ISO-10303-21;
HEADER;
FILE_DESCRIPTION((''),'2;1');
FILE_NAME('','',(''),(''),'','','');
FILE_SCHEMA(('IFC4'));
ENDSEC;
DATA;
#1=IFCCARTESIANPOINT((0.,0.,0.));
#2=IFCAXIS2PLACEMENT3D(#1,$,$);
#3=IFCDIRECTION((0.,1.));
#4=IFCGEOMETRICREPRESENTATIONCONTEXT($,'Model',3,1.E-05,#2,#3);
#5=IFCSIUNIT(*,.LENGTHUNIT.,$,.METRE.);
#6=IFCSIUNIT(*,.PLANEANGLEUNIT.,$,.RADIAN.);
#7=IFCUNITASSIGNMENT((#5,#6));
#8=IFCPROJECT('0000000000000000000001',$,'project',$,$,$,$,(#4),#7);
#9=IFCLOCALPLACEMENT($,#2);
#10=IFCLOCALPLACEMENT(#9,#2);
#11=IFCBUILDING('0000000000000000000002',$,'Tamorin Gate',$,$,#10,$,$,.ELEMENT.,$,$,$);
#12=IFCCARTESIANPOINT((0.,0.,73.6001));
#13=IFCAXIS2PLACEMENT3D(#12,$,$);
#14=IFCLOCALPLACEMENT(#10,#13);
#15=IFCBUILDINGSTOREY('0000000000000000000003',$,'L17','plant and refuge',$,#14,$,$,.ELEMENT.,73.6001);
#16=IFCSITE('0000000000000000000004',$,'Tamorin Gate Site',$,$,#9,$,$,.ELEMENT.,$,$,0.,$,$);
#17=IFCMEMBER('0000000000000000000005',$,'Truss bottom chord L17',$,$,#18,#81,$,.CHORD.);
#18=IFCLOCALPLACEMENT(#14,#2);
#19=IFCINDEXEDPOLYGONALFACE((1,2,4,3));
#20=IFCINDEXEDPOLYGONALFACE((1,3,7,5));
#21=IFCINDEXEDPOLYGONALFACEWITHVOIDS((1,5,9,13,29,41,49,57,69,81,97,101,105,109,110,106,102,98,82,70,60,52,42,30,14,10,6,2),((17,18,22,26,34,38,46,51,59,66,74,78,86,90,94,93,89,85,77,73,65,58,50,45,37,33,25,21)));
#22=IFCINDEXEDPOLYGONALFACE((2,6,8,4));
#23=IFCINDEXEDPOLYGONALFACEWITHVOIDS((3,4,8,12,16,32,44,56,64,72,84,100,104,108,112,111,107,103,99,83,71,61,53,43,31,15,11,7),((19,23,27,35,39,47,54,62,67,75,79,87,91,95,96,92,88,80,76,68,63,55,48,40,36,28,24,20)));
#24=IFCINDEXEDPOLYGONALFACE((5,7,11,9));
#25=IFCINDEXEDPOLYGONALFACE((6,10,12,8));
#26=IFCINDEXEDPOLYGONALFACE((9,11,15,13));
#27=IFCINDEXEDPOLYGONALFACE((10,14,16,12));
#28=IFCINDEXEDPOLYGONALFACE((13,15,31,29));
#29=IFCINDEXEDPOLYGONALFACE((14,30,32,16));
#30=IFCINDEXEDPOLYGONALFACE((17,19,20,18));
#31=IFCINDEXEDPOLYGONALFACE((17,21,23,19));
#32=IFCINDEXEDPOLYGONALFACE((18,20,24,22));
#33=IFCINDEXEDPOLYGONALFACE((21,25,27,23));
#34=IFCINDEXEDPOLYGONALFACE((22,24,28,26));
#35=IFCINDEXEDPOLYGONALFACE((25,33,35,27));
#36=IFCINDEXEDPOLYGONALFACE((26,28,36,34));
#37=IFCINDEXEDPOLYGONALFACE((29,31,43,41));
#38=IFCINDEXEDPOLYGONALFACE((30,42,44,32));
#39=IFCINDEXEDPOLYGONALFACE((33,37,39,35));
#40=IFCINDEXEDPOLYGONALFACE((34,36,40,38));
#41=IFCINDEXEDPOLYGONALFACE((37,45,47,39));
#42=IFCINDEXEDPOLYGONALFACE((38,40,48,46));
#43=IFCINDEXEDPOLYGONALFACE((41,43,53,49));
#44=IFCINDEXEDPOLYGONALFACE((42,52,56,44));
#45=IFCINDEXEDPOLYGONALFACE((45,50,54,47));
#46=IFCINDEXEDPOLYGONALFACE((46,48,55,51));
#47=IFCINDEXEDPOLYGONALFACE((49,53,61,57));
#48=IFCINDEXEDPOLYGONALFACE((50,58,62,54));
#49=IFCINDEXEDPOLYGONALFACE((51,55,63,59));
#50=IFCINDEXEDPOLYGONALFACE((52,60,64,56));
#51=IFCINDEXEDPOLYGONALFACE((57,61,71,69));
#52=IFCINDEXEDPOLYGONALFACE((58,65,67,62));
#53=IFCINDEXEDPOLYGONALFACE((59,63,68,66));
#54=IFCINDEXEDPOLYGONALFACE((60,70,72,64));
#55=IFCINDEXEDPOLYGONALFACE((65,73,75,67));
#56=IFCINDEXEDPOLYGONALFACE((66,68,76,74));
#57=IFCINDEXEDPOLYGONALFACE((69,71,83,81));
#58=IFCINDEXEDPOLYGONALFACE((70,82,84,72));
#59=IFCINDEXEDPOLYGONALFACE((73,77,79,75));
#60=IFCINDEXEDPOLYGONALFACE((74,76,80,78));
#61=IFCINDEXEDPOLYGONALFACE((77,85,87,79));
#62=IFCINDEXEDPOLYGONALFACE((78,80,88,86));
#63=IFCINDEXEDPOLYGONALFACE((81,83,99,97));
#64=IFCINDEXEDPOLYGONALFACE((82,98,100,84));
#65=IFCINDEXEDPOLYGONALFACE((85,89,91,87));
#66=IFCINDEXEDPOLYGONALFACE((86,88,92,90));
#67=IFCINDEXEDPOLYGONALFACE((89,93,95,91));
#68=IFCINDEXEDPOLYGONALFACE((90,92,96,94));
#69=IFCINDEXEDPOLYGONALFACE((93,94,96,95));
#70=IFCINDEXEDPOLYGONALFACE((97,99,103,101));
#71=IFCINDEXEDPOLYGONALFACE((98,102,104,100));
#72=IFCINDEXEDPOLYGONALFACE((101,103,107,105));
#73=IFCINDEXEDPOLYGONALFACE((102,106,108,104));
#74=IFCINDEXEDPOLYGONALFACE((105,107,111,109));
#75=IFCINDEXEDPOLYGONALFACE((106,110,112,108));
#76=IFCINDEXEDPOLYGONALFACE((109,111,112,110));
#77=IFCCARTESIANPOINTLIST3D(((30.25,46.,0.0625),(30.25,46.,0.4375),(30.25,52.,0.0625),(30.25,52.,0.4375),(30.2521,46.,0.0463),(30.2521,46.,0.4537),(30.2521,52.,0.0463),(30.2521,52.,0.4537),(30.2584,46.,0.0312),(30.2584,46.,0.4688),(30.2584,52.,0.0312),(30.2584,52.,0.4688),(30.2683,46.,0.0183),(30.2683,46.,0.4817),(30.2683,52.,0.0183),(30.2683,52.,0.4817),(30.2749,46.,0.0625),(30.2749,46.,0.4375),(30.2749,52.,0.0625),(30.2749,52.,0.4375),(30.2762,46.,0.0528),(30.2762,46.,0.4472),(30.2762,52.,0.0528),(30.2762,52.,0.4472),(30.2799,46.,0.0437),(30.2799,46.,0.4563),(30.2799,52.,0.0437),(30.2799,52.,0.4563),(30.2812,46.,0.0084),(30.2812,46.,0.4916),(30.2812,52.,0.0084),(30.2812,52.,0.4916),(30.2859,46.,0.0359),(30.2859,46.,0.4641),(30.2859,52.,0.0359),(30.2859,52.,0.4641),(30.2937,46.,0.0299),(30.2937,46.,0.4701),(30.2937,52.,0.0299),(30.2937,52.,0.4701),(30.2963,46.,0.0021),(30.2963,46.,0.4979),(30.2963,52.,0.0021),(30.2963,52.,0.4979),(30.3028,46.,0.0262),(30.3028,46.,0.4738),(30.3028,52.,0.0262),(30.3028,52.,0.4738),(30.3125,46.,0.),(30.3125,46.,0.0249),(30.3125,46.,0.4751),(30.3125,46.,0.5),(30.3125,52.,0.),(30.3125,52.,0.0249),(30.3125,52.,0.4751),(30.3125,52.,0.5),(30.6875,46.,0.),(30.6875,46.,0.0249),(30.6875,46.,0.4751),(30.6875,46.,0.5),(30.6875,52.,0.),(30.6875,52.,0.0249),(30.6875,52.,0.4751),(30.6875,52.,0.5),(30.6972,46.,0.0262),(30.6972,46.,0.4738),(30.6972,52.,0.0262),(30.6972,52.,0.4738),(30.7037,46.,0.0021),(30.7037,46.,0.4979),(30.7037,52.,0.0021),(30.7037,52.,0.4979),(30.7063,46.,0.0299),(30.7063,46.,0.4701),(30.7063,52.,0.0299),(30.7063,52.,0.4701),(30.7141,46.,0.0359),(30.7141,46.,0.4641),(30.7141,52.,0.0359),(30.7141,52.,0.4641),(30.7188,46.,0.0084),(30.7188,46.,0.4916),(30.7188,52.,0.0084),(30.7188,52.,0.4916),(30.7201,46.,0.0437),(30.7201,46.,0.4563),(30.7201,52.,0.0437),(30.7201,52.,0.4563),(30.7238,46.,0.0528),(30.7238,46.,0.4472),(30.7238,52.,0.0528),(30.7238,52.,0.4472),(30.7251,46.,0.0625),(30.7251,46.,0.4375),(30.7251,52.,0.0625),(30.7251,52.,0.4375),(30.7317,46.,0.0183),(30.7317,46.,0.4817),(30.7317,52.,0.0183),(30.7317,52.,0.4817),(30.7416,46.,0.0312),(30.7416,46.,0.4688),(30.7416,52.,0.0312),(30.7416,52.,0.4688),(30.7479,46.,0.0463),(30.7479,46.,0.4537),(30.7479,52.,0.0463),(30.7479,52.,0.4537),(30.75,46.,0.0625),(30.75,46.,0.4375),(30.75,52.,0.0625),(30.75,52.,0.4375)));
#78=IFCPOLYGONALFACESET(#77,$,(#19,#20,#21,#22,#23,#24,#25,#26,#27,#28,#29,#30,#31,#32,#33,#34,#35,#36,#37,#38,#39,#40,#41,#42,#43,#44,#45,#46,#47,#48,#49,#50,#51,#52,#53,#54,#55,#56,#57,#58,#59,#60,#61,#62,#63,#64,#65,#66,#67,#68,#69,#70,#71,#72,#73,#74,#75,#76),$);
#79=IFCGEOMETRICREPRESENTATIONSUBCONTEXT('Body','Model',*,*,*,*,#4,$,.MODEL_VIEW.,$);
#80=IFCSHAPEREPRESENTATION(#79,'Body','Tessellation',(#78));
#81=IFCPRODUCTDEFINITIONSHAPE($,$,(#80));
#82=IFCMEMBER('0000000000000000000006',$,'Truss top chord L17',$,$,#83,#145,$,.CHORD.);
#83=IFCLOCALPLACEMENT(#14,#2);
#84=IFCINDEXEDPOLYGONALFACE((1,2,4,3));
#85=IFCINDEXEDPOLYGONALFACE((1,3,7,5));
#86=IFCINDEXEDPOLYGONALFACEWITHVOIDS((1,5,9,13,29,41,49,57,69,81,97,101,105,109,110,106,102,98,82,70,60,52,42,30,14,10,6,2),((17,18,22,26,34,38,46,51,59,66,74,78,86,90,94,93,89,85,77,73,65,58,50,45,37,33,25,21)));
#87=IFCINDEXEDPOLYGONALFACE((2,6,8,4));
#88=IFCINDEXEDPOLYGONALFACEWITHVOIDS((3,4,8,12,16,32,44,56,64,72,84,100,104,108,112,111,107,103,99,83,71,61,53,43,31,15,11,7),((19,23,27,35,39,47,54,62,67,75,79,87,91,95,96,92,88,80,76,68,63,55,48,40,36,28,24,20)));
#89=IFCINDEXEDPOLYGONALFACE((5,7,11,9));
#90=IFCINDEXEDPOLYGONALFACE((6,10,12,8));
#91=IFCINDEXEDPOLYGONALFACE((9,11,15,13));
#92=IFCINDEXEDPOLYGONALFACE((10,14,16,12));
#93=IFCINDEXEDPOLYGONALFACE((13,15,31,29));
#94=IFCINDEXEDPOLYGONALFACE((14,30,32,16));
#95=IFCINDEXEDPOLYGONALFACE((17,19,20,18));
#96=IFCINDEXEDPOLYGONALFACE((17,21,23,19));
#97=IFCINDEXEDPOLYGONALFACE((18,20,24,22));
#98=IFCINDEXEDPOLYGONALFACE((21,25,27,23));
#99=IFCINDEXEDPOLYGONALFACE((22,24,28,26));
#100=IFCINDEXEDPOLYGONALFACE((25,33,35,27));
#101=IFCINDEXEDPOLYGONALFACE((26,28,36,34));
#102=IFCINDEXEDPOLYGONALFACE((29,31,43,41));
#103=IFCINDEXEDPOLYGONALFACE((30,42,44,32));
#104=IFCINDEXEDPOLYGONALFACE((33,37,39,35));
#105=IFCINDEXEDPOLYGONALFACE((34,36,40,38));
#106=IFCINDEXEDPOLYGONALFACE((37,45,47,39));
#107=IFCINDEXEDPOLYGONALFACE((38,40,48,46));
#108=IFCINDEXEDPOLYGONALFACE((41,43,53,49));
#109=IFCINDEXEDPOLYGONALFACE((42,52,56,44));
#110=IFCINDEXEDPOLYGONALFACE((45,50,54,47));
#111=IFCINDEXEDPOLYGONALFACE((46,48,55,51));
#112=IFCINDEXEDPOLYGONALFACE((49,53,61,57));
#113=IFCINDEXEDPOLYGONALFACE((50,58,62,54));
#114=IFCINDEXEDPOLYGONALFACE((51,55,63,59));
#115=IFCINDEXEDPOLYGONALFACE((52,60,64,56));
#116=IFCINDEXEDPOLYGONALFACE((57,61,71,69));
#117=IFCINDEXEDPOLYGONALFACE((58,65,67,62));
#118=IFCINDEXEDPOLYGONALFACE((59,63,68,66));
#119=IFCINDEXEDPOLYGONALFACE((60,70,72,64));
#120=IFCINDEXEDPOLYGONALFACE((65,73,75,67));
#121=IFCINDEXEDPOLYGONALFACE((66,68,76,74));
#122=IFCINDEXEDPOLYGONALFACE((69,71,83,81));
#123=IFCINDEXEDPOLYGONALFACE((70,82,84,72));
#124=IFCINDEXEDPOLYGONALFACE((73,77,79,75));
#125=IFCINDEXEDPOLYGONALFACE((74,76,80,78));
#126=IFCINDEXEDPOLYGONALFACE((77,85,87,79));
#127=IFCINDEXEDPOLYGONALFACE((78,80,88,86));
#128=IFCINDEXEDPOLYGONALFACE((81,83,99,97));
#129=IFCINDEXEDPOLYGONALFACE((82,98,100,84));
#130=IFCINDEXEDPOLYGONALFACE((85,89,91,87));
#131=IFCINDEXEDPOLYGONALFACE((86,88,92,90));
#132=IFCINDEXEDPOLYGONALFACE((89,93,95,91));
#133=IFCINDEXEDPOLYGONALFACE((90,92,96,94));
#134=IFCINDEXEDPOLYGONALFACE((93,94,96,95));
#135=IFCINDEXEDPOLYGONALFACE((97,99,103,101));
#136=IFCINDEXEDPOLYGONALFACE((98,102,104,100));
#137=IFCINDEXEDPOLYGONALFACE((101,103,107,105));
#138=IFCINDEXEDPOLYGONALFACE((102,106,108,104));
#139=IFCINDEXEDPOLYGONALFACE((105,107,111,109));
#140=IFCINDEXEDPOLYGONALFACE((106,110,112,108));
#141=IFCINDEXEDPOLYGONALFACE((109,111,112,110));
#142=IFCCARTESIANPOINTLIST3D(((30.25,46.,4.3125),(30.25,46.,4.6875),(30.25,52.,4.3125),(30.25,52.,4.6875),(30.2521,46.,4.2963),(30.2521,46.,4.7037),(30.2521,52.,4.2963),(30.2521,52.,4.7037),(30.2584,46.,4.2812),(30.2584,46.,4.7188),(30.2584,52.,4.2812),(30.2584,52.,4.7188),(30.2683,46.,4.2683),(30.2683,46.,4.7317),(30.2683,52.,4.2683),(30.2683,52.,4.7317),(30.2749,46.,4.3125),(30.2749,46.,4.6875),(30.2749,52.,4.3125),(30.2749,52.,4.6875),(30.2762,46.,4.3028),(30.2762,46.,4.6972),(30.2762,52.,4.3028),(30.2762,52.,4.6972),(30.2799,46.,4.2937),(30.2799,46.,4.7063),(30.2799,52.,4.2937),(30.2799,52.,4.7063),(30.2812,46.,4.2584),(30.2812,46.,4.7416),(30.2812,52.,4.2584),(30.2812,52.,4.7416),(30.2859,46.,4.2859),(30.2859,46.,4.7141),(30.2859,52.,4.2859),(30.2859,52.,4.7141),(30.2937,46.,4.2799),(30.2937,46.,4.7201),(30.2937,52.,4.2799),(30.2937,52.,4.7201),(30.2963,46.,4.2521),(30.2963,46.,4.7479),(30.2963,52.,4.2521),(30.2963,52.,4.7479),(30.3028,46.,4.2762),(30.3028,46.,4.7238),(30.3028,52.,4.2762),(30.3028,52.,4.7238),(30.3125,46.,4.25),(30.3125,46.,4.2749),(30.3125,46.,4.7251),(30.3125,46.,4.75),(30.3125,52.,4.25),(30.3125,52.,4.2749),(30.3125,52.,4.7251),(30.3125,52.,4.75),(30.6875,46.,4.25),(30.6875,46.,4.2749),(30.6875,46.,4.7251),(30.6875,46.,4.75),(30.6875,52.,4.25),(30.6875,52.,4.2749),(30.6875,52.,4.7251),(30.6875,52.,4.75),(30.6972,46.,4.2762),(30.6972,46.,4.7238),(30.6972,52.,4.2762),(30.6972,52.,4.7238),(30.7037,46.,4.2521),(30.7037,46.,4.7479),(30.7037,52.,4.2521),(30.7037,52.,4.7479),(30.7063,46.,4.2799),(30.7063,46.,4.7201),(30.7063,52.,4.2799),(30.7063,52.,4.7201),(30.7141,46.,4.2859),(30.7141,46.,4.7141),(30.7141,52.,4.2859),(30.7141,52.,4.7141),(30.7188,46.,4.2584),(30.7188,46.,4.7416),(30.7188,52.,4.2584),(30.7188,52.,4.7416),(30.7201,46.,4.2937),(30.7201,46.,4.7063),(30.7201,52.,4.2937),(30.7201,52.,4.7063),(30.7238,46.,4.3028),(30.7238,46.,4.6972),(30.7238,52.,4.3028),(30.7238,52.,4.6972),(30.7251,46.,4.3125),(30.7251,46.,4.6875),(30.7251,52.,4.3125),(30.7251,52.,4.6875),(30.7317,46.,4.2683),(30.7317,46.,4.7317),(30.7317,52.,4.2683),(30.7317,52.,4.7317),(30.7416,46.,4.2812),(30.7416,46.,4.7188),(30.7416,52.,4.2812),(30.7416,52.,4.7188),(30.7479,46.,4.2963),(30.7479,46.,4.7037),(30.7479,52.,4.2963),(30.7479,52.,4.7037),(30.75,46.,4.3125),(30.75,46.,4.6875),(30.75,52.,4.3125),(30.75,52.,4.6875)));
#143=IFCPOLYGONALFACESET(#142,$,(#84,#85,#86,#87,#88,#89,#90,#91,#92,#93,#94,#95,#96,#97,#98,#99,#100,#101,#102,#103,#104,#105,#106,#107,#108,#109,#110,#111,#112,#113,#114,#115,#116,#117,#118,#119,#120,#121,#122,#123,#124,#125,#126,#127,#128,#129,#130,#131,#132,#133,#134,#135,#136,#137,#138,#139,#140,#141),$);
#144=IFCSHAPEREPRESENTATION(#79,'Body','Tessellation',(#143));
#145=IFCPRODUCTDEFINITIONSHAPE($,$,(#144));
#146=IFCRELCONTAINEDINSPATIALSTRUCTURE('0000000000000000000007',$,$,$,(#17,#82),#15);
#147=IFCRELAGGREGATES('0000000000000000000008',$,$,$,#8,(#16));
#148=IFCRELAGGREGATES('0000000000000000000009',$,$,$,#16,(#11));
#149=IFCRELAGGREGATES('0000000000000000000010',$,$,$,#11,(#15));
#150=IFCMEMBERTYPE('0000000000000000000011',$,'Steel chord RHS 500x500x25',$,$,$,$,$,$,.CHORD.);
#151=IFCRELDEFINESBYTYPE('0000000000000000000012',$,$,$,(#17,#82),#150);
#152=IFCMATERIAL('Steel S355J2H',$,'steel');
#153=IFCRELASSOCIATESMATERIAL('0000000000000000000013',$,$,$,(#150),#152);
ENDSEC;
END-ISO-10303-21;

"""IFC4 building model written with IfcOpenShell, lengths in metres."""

from ifc_helpers import new_model, si_unit, direction, frame, origin, origin_2d, place, context, subcontext, project, spatial, hollow_rectangle, extrude, material, material_profile, profile_set, type_object, element, save


model = new_model("IFC4")

# Units and contexts
model_context = context("Model", 3, precision=1e-05, world=origin(), true_north=direction((0.0, 1.0)))
body_context = subcontext(model_context, "Body", "Model", "MODEL_VIEW")
ifc_project = project(units=[si_unit("LENGTHUNIT", "METRE"), si_unit("PLANEANGLEUNIT", "RADIAN")], contexts=[model_context])

# Site, building, storey
site_placement = place(None, origin())
site = spatial("IfcSite", under=ifc_project, at=site_placement, Name="Tamorin Gate Site", CompositionType="ELEMENT", RefElevation=0.0)
building_placement = place(site_placement, origin())
building = spatial("IfcBuilding", under=site, at=building_placement, Name="Tamorin Gate", CompositionType="ELEMENT")
storey_placement = place(building_placement, frame((0.0, 0.0, 73.6001)))
storey = spatial("IfcBuildingStorey", under=building, at=storey_placement, Name="L17", Description="plant and refuge", CompositionType="ELEMENT", Elevation=73.6001)

# Members
ifc_material_1 = material(Name="Steel S355J2H", Category="steel")
ifc_material_profile_1 = material_profile(ifc_material_1, hollow_rectangle(XDim=0.5, YDim=0.5, WallThickness=0.0249, InnerFilletRadius=0.0376, OuterFilletRadius=0.0625, at=origin_2d()), Name="RHS 500x500x25")
ifc_profile_set_1 = profile_set([ifc_material_profile_1], Name="Steel S355J2H")
member_type_1 = type_object("IfcMemberType", Name="Steel chord RHS 500x500x25", PredefinedType="CHORD", material=ifc_profile_set_1)
for number, where, z_axis, x_axis, name in (
    (1, (30.5, 52.0, 0.25), (0.0, -1.0, 0.0), (1.0, 0.0, 0.0), "Truss bottom chord L17"),
    (2, (30.5, 52.0, 4.5), (0.0, -1.0, 0.0), (1.0, 0.0, 0.0), "Truss top chord L17"),
):
    element("IfcMember", number, at=place(storey_placement, frame(where, z_axis=z_axis, x_axis=x_axis)), inside=storey, type_object=member_type_1, Name=name, PredefinedType="CHORD", context=body_context, shape_type="SweptSolid", body=[
        extrude(hollow_rectangle(XDim=0.5, YDim=0.5, WallThickness=0.0249, InnerFilletRadius=0.0376, OuterFilletRadius=0.0625, at=origin_2d()), origin(), (0.0, 0.0, 1.0), 6.0),
    ])

save(model, "model.ifc")
